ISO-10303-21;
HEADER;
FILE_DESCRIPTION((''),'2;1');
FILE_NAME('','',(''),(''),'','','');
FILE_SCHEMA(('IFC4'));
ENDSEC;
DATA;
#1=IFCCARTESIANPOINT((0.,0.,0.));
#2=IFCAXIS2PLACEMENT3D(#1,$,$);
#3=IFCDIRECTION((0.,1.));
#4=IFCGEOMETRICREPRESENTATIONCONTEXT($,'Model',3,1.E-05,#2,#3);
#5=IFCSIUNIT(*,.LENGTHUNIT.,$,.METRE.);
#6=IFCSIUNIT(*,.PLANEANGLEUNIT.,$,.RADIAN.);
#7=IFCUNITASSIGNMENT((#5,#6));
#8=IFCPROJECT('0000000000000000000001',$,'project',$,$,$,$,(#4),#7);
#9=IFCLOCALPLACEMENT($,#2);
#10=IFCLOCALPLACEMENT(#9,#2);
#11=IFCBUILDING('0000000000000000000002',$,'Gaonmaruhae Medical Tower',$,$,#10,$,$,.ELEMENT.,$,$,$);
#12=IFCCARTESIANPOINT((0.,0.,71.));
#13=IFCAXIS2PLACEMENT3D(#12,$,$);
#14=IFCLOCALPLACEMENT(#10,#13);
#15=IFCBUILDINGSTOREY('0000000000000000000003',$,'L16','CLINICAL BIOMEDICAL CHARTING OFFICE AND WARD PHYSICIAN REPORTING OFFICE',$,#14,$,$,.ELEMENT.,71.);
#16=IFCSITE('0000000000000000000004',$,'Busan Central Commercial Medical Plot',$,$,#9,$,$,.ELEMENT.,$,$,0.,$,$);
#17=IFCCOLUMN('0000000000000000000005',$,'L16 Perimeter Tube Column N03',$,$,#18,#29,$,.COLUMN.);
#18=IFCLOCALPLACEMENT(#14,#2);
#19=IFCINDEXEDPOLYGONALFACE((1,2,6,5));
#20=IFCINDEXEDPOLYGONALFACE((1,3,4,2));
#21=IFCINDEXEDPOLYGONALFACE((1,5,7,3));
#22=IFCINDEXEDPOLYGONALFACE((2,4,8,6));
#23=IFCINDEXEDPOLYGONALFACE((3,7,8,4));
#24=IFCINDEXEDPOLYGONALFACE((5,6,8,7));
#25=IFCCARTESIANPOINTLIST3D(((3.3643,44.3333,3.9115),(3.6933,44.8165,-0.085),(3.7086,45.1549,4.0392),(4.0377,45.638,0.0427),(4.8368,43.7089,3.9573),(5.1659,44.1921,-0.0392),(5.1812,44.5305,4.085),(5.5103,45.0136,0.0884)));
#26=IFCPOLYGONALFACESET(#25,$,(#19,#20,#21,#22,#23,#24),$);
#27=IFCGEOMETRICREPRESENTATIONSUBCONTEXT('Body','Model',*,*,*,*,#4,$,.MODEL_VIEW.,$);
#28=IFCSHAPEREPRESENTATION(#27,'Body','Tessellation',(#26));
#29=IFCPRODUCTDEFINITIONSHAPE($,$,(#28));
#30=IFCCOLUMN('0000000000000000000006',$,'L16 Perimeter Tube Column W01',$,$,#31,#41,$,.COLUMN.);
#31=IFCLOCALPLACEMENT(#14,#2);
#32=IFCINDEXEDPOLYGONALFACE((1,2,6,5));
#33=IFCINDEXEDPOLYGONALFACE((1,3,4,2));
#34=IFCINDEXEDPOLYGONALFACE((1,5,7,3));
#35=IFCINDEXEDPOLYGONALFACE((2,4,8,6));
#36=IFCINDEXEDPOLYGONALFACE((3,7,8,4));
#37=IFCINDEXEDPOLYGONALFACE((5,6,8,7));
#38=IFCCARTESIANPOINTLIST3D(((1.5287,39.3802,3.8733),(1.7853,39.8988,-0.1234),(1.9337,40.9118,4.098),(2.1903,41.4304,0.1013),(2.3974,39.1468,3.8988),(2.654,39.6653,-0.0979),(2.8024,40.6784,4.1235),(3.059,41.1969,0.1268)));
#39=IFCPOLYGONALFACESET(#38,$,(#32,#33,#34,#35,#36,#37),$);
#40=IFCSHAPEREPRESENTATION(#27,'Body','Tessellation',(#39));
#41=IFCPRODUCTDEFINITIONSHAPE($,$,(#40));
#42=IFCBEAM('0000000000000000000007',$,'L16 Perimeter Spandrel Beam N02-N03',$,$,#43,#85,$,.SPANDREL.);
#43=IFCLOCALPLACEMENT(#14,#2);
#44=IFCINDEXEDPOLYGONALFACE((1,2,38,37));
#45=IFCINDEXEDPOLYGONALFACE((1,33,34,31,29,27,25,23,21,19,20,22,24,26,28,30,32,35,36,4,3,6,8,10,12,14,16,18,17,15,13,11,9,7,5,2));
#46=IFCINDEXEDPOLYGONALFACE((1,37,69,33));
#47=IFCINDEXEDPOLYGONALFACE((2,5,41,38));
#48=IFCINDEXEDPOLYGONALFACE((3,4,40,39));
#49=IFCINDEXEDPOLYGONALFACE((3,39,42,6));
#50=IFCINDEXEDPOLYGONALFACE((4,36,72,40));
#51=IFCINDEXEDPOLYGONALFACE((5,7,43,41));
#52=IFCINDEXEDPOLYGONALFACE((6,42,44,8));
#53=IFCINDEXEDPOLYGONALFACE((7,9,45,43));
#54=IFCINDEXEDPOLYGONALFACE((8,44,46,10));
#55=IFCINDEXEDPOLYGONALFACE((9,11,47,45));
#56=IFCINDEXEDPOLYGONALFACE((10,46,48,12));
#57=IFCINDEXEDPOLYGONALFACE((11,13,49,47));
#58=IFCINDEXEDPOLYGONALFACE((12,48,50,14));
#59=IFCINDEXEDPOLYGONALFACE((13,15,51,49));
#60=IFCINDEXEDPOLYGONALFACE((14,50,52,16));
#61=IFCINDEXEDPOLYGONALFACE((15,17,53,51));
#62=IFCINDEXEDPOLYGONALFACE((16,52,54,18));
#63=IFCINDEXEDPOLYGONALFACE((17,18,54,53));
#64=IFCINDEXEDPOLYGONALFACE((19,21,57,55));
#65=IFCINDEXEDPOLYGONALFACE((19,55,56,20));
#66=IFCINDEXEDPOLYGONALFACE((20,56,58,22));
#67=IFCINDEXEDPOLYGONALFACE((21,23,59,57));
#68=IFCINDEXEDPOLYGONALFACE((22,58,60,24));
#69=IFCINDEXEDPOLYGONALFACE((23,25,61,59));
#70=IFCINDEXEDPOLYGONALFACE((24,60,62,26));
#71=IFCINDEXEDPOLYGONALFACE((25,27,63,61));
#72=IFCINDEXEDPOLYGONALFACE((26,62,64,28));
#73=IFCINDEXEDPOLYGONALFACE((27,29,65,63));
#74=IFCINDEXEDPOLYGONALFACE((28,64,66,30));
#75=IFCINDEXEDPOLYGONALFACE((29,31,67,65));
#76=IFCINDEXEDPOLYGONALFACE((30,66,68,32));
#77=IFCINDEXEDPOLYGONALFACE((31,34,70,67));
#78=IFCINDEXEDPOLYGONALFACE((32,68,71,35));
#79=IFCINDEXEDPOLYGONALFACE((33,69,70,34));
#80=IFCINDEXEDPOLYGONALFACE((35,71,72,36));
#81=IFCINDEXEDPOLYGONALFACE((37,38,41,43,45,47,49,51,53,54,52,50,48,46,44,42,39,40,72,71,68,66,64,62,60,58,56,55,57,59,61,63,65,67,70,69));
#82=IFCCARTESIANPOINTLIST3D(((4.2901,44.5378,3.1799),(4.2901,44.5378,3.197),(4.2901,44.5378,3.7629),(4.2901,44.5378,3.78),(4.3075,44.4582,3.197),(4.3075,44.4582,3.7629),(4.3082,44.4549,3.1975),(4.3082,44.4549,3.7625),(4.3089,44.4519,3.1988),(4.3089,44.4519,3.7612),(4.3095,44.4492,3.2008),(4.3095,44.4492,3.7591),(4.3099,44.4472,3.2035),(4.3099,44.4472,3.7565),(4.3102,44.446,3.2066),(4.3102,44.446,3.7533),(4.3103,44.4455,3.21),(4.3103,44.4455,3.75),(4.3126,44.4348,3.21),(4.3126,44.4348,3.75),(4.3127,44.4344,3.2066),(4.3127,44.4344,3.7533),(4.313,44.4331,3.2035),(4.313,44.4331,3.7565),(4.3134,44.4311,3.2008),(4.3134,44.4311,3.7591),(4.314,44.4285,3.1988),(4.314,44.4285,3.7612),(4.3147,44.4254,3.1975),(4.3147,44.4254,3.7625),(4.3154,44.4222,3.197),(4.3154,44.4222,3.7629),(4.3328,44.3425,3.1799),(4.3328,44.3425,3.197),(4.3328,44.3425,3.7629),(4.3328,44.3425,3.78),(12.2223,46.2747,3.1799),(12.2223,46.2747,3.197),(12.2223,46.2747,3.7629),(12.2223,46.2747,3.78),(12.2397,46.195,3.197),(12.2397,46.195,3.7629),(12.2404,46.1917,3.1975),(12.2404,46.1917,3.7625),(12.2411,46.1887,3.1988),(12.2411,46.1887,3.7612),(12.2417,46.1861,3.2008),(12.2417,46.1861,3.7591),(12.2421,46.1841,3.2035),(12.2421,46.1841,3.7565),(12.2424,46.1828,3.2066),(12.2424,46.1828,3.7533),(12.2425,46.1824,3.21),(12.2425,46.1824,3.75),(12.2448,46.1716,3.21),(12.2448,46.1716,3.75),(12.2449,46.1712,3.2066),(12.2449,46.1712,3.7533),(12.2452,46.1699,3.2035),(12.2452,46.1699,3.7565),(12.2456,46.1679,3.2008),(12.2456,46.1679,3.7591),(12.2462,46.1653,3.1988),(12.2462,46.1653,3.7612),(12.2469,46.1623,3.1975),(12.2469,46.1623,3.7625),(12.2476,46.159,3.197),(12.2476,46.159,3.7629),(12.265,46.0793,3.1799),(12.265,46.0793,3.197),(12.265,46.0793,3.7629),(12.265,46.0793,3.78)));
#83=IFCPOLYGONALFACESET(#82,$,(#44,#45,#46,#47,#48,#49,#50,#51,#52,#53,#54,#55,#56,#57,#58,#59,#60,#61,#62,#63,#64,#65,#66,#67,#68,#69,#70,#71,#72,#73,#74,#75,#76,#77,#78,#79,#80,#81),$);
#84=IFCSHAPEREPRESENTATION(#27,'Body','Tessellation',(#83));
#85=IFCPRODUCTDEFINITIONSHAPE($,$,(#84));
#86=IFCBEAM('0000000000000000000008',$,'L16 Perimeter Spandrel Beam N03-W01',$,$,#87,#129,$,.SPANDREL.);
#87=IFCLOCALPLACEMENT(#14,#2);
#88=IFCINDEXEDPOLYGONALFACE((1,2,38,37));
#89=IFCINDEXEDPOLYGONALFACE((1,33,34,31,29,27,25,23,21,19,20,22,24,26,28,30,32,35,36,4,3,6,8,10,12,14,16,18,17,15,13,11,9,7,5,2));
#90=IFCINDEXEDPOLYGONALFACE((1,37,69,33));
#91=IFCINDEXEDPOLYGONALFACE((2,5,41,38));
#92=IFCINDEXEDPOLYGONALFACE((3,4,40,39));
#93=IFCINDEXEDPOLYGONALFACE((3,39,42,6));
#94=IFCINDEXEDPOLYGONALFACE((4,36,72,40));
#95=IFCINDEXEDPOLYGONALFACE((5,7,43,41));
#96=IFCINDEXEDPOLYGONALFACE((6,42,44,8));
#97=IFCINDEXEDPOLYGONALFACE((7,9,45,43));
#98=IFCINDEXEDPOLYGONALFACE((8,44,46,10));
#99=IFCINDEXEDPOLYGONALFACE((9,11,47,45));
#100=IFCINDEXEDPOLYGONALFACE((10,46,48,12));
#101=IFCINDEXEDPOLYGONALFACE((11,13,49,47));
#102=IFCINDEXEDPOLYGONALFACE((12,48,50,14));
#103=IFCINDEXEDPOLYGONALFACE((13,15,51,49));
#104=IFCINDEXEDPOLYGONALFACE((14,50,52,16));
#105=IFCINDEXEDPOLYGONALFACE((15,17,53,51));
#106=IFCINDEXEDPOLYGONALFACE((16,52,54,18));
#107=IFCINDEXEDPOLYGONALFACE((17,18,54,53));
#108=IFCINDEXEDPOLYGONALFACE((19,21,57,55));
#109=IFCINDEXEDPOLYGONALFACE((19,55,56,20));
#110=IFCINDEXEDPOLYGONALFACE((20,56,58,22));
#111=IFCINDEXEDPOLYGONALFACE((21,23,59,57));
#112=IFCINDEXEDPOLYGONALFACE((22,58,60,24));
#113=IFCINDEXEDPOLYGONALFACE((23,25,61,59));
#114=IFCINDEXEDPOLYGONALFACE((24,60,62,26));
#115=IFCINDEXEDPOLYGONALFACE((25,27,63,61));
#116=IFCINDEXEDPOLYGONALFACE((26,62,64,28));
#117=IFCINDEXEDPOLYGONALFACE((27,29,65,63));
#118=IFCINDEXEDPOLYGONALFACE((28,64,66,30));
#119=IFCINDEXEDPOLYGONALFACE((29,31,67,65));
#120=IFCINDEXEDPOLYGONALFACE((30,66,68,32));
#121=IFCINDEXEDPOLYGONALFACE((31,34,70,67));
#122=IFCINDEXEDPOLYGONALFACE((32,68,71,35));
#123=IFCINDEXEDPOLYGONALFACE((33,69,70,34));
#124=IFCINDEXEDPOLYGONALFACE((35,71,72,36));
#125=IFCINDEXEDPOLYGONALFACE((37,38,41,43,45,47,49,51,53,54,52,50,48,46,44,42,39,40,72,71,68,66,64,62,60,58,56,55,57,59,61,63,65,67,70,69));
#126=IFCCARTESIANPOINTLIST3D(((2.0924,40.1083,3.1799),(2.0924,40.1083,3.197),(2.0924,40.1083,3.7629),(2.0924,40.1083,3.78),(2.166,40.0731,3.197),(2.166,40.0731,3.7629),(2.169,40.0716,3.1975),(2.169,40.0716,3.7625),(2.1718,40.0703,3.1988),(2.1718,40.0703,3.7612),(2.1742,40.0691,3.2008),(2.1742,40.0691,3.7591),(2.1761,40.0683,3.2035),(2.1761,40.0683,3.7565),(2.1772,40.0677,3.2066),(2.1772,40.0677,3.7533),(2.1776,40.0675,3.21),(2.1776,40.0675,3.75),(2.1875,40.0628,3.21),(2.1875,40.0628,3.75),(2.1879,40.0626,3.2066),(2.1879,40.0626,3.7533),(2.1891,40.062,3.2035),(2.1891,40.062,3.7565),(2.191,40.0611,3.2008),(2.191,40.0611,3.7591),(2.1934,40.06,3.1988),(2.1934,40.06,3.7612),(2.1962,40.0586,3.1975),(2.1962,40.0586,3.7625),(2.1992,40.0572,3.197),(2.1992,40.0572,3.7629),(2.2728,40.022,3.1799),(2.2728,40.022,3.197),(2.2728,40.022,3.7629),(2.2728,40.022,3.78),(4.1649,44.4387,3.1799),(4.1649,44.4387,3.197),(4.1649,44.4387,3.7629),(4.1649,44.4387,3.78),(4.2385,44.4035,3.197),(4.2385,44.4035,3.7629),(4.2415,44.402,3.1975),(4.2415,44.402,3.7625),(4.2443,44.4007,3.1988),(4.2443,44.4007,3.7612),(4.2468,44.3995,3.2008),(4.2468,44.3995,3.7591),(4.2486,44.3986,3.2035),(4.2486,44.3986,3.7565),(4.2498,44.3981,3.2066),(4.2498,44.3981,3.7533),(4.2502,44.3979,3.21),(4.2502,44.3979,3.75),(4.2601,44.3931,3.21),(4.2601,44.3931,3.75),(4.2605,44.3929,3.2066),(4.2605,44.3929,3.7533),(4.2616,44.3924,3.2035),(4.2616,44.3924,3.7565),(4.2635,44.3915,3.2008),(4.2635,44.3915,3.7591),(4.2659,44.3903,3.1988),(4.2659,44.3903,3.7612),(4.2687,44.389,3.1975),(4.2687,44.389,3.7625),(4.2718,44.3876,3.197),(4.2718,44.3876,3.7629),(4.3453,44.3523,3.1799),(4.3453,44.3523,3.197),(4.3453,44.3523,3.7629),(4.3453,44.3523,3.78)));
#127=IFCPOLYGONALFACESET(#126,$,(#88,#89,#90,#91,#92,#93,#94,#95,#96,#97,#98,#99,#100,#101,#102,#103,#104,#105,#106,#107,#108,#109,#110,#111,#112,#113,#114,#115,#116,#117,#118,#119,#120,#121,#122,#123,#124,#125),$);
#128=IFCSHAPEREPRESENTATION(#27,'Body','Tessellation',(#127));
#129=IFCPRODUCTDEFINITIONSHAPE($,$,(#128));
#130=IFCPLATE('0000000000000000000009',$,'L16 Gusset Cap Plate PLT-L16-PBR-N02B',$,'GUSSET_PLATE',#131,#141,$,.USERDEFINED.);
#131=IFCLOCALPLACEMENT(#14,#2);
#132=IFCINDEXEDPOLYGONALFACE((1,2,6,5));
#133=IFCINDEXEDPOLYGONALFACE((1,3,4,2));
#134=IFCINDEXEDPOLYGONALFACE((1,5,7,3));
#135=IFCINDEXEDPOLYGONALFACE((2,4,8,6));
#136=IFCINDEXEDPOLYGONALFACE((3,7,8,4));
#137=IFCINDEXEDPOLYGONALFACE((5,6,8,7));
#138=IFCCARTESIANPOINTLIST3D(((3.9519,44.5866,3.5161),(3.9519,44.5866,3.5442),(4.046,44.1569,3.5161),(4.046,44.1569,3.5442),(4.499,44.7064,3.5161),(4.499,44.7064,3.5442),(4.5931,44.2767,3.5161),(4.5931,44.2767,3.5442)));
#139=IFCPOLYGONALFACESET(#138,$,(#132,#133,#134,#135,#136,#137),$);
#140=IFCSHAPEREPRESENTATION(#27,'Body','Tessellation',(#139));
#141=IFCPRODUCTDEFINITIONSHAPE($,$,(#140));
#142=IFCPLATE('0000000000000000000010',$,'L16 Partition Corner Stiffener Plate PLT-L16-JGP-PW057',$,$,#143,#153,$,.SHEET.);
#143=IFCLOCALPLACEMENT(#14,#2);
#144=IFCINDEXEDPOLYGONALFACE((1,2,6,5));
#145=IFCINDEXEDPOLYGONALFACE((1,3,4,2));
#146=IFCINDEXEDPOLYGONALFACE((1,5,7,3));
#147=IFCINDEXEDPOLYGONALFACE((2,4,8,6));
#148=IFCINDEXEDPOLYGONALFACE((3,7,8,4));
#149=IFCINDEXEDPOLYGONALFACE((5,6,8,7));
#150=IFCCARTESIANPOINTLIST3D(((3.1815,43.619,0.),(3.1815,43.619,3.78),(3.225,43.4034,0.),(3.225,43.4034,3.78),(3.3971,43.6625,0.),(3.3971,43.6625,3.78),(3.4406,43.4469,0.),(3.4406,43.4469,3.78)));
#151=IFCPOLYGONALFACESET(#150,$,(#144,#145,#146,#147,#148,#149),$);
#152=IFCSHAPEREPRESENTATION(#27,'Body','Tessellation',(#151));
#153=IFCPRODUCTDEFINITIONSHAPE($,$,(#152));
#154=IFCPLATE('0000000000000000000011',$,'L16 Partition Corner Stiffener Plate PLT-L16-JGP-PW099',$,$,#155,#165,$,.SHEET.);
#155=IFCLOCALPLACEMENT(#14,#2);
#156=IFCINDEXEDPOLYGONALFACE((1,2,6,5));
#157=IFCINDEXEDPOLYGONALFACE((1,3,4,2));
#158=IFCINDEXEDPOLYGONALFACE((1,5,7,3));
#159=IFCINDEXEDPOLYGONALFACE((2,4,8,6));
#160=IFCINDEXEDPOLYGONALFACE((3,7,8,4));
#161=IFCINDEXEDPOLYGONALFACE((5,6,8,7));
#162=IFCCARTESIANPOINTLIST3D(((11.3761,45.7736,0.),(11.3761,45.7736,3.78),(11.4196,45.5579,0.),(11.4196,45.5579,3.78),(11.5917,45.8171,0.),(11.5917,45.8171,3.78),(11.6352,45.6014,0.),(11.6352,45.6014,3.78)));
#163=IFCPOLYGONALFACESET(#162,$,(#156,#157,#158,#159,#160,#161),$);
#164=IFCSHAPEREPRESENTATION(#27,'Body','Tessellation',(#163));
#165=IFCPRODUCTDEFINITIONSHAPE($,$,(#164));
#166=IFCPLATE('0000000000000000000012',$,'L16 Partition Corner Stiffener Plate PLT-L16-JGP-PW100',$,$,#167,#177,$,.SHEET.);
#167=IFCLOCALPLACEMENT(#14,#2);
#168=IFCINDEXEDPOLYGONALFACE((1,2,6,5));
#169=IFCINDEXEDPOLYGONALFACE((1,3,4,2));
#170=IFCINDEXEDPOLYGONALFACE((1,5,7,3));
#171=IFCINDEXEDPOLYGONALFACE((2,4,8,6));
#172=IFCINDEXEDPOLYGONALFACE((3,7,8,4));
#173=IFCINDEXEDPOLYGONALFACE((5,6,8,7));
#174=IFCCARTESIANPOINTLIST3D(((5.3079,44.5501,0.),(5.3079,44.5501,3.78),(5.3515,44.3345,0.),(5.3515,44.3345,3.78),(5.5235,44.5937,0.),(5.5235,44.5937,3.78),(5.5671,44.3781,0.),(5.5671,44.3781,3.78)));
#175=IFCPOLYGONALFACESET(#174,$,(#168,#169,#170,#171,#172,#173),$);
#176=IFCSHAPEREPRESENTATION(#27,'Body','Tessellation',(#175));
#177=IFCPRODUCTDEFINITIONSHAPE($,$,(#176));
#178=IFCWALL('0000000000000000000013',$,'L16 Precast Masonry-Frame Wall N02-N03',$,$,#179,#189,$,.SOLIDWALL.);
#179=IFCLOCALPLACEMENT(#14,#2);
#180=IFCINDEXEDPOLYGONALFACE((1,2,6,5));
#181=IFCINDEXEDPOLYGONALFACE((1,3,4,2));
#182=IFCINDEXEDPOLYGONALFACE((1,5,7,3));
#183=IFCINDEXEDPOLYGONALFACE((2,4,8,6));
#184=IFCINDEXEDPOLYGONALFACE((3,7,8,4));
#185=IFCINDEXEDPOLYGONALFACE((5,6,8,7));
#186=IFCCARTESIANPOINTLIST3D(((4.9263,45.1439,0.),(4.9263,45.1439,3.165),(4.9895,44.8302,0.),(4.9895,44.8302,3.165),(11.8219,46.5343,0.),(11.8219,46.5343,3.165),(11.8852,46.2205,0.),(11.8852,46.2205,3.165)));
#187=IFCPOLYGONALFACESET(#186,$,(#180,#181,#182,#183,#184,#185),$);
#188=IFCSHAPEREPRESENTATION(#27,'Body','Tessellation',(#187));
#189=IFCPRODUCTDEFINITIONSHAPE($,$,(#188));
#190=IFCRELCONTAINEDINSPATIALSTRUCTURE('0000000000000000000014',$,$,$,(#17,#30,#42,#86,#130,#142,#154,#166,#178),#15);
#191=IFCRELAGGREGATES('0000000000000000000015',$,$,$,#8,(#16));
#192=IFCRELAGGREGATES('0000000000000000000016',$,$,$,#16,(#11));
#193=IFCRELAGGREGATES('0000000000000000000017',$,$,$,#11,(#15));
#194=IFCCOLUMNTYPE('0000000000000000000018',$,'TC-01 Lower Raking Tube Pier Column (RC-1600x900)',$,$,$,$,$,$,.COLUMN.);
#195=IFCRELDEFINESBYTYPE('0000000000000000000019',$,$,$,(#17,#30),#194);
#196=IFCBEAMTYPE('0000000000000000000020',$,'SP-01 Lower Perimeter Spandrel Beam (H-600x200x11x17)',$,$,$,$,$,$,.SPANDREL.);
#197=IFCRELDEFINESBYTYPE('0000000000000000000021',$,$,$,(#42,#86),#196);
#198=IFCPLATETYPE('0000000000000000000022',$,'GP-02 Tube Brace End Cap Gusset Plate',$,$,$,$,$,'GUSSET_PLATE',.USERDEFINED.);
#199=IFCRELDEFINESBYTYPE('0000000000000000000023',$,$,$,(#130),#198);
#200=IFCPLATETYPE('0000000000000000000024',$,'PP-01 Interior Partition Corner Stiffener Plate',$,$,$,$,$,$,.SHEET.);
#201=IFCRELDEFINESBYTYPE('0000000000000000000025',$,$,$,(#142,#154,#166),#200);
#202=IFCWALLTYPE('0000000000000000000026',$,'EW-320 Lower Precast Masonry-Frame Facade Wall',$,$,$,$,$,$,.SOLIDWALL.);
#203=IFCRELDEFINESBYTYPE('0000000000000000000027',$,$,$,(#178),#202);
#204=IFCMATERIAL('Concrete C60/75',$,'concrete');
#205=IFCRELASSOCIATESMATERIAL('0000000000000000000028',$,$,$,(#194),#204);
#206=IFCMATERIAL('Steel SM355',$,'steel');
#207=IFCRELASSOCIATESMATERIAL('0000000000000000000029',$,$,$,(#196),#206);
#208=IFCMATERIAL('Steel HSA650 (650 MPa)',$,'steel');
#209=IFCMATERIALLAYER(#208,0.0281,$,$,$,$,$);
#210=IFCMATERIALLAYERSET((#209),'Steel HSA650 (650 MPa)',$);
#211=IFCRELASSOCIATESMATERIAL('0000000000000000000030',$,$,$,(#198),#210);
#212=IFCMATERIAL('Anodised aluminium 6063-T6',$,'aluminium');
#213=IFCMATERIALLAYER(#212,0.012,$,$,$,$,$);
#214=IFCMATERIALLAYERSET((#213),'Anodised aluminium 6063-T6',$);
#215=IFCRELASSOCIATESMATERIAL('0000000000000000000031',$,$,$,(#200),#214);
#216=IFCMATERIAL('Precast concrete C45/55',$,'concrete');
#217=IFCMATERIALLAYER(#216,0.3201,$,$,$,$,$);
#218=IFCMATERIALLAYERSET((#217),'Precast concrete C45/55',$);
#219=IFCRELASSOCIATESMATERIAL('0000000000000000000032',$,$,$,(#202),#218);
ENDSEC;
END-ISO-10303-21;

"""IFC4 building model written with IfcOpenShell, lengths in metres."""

from ifc_helpers import new_model, si_unit, direction, frame, frame_2d, origin, origin_2d, place, context, subcontext, project, spatial, rectangle, i_section, extrude, material, layer, layer_set, material_profile, profile_set, type_object, element, save


model = new_model("IFC4")

# Units and contexts
model_context = context("Model", 3, precision=1e-05, world=origin(), true_north=direction((0.0, 1.0)))
body_context = subcontext(model_context, "Body", "Model", "MODEL_VIEW")
ifc_project = project(units=[si_unit("LENGTHUNIT", "METRE"), si_unit("PLANEANGLEUNIT", "RADIAN")], contexts=[model_context])

# Site, building, storey
site_placement = place(None, origin())
site = spatial("IfcSite", under=ifc_project, at=site_placement, Name="Busan Central Commercial Medical Plot", CompositionType="ELEMENT", RefElevation=0.0)
building_placement = place(site_placement, origin())
building = spatial("IfcBuilding", under=site, at=building_placement, Name="Gaonmaruhae Medical Tower", CompositionType="ELEMENT")
storey_placement = place(building_placement, frame((0.0, 0.0, 71.0)))
storey = spatial("IfcBuildingStorey", under=building, at=storey_placement, Name="L16", Description="CLINICAL BIOMEDICAL CHARTING OFFICE AND WARD PHYSICIAN REPORTING OFFICE", CompositionType="ELEMENT", Elevation=71.0)

# Columns
ifc_material_1 = material(Name="Concrete C60/75", Category="concrete")
ifc_material_profile_1 = material_profile(ifc_material_1, rectangle(XDim=1.6001, YDim=0.8999, at=origin_2d()), Name="RC-1600x900")
ifc_profile_set_1 = profile_set([ifc_material_profile_1], Name="Concrete C60/75")
column_type = type_object("IfcColumnType", Name="TC-01 Lower Raking Tube Pier Column (RC-1600x900)", PredefinedType="COLUMN", material=ifc_profile_set_1)
column_1_placement = place(storey_placement, frame((4.6018, 44.915, 0.0017), z_axis=(-0.081479, -0.119619, 0.989471), x_axis=(0.92028, -0.390214, 0.028607)))
element("IfcColumn", 1, at=column_1_placement, inside=storey, type_object=column_type, Name="L16 Perimeter Tube Column N03", PredefinedType="COLUMN", context=body_context, shape_type="SweptSolid", body=[
    extrude(rectangle(XDim=1.6001, YDim=0.8999, at=origin_2d()), origin(), (0.0, 0.0, 1.0), 4.0391),
])
column_2_placement = place(storey_placement, frame((2.4221, 40.5479, 0.0017), z_axis=(-0.06354, -0.128411, 0.989683), x_axis=(0.253106, 0.95719, 0.140445)))
element("IfcColumn", 2, at=column_2_placement, inside=storey, type_object=column_type, Name="L16 Perimeter Tube Column W01", PredefinedType="COLUMN", context=body_context, shape_type="SweptSolid", body=[
    extrude(rectangle(XDim=1.6001, YDim=0.8999, at=origin_2d()), origin(), (0.0, 0.0, 1.0), 4.0383),
])

# Beams
ifc_material_2 = material(Name="Steel SM355", Category="steel")
ifc_material_profile_2 = material_profile(ifc_material_2, i_section(OverallWidth=0.2, OverallDepth=0.6001, WebThickness=0.011, FlangeThickness=0.0171, FilletRadius=0.0129, at=origin_2d()), Name="H-600x200x11x17")
ifc_profile_set_2 = profile_set([ifc_material_profile_2], Name="Steel SM355")
beam_type = type_object("IfcBeamType", Name="SP-01 Lower Perimeter Spandrel Beam (H-600x200x11x17)", PredefinedType="SPANDREL", material=ifc_profile_set_2)
beam_1_placement = place(storey_placement, frame((12.2437, 46.177, 3.48), z_axis=(-0.976857, -0.213892, 0.0), x_axis=(0.213892, -0.976857, 0.0)))
element("IfcBeam", 3, at=beam_1_placement, inside=storey, type_object=beam_type, Name="L16 Perimeter Spandrel Beam N02-N03", PredefinedType="SPANDREL", context=body_context, shape_type="SweptSolid", body=[
    extrude(i_section(OverallWidth=0.2, OverallDepth=0.6001, WebThickness=0.011, FlangeThickness=0.0171, FilletRadius=0.0129, at=origin_2d()), origin(), (0.0, 0.0, 1.0), 8.1201),
])
beam_2_placement = place(storey_placement, frame((4.2551, 44.3955, 3.48), z_axis=(-0.431707, -0.902014, 0.0), x_axis=(0.902014, -0.431707, 0.0)))
element("IfcBeam", 4, at=beam_2_placement, inside=storey, type_object=beam_type, Name="L16 Perimeter Spandrel Beam N03-W01", PredefinedType="SPANDREL", context=body_context, shape_type="SweptSolid", body=[
    extrude(i_section(OverallWidth=0.2, OverallDepth=0.6001, WebThickness=0.011, FlangeThickness=0.0171, FilletRadius=0.0129, at=origin_2d()), origin(), (0.0, 0.0, 1.0), 4.8008),
])

# Plates
ifc_material_3 = material(Name="Steel HSA650 (650 MPa)", Category="steel")
ifc_layer_1 = layer(ifc_material_3, 0.0281)
ifc_layer_set_1 = layer_set([ifc_layer_1], Name="Steel HSA650 (650 MPa)")
plate_type_1 = type_object("IfcPlateType", Name="GP-02 Tube Brace End Cap Gusset Plate", ElementType="GUSSET_PLATE", PredefinedType="USERDEFINED", material=ifc_layer_set_1)
plate_placement = place(storey_placement, frame((4.2725, 44.4316, 3.5161), z_axis=(0.0, 0.0, 1.0), x_axis=(0.976859, 0.213883, 0.0)))
element("IfcPlate", 5, at=plate_placement, inside=storey, type_object=plate_type_1, Name="L16 Gusset Cap Plate PLT-L16-PBR-N02B", ObjectType="GUSSET_PLATE", PredefinedType="USERDEFINED", context=body_context, shape_type="SweptSolid", body=[
    extrude(rectangle(XDim=0.5601, YDim=0.4399, at=origin_2d()), origin(), (0.0, 0.0, 1.0), 0.0281),
])
ifc_material_4 = material(Name="Anodised aluminium 6063-T6", Category="aluminium")
ifc_layer_2 = layer(ifc_material_4, 0.012)
ifc_layer_set_2 = layer_set([ifc_layer_2], Name="Anodised aluminium 6063-T6")
plate_type_2 = type_object("IfcPlateType", Name="PP-01 Interior Partition Corner Stiffener Plate", PredefinedType="SHEET", material=ifc_layer_set_2)
for number, where, z_axis, x_axis, name in (
    (6, (3.311, 43.533, 0.0), (0.0, 0.0, 1.0), (0.980278, 0.197623, 0.0), "L16 Partition Corner Stiffener Plate PLT-L16-JGP-PW057"),
    (7, (11.5056, 45.6875, 0.0), (0.0, 0.0, 1.0), (0.197743, -0.980254, 0.0), "L16 Partition Corner Stiffener Plate PLT-L16-JGP-PW099"),
    (8, (5.4375, 44.4641, 0.0), (0.0, 0.0, 1.0), (-0.197948, 0.980212, 0.0), "L16 Partition Corner Stiffener Plate PLT-L16-JGP-PW100"),
):
    element("IfcPlate", number, at=place(storey_placement, frame(where, z_axis=z_axis, x_axis=x_axis)), inside=storey, type_object=plate_type_2, Name=name, PredefinedType="SHEET", context=body_context, shape_type="SweptSolid", body=[
        extrude(rectangle(XDim=0.22, YDim=0.22, at=origin_2d()), origin(), (0.0, 0.0, 1.0), 3.78),
    ])

# Wall
ifc_material_5 = material(Name="Precast concrete C45/55", Category="concrete")
ifc_layer_3 = layer(ifc_material_5, 0.3201)
ifc_layer_set_3 = layer_set([ifc_layer_3], Name="Precast concrete C45/55")
wall_type_1 = type_object("IfcWallType", Name="EW-320 Lower Precast Masonry-Frame Facade Wall", PredefinedType="SOLIDWALL", material=ifc_layer_set_3)
wall_1_placement = place(storey_placement, frame((4.958, 44.9871, 0.0), z_axis=(0.0, 0.0, 1.0), x_axis=(0.980272, 0.197651, 0.0)))
element("IfcWall", 9, at=wall_1_placement, inside=storey, type_object=wall_type_1, Name="L16 Precast Masonry-Frame Wall N02-N03", PredefinedType="SOLIDWALL", context=body_context, shape_type="SweptSolid", body=[
    extrude(rectangle(XDim=7.0344, YDim=0.3201, at=frame_2d((3.5171, 0.0))), origin(), (0.0, 0.0, 1.0), 3.165),
])

save(model, "model.ifc")
